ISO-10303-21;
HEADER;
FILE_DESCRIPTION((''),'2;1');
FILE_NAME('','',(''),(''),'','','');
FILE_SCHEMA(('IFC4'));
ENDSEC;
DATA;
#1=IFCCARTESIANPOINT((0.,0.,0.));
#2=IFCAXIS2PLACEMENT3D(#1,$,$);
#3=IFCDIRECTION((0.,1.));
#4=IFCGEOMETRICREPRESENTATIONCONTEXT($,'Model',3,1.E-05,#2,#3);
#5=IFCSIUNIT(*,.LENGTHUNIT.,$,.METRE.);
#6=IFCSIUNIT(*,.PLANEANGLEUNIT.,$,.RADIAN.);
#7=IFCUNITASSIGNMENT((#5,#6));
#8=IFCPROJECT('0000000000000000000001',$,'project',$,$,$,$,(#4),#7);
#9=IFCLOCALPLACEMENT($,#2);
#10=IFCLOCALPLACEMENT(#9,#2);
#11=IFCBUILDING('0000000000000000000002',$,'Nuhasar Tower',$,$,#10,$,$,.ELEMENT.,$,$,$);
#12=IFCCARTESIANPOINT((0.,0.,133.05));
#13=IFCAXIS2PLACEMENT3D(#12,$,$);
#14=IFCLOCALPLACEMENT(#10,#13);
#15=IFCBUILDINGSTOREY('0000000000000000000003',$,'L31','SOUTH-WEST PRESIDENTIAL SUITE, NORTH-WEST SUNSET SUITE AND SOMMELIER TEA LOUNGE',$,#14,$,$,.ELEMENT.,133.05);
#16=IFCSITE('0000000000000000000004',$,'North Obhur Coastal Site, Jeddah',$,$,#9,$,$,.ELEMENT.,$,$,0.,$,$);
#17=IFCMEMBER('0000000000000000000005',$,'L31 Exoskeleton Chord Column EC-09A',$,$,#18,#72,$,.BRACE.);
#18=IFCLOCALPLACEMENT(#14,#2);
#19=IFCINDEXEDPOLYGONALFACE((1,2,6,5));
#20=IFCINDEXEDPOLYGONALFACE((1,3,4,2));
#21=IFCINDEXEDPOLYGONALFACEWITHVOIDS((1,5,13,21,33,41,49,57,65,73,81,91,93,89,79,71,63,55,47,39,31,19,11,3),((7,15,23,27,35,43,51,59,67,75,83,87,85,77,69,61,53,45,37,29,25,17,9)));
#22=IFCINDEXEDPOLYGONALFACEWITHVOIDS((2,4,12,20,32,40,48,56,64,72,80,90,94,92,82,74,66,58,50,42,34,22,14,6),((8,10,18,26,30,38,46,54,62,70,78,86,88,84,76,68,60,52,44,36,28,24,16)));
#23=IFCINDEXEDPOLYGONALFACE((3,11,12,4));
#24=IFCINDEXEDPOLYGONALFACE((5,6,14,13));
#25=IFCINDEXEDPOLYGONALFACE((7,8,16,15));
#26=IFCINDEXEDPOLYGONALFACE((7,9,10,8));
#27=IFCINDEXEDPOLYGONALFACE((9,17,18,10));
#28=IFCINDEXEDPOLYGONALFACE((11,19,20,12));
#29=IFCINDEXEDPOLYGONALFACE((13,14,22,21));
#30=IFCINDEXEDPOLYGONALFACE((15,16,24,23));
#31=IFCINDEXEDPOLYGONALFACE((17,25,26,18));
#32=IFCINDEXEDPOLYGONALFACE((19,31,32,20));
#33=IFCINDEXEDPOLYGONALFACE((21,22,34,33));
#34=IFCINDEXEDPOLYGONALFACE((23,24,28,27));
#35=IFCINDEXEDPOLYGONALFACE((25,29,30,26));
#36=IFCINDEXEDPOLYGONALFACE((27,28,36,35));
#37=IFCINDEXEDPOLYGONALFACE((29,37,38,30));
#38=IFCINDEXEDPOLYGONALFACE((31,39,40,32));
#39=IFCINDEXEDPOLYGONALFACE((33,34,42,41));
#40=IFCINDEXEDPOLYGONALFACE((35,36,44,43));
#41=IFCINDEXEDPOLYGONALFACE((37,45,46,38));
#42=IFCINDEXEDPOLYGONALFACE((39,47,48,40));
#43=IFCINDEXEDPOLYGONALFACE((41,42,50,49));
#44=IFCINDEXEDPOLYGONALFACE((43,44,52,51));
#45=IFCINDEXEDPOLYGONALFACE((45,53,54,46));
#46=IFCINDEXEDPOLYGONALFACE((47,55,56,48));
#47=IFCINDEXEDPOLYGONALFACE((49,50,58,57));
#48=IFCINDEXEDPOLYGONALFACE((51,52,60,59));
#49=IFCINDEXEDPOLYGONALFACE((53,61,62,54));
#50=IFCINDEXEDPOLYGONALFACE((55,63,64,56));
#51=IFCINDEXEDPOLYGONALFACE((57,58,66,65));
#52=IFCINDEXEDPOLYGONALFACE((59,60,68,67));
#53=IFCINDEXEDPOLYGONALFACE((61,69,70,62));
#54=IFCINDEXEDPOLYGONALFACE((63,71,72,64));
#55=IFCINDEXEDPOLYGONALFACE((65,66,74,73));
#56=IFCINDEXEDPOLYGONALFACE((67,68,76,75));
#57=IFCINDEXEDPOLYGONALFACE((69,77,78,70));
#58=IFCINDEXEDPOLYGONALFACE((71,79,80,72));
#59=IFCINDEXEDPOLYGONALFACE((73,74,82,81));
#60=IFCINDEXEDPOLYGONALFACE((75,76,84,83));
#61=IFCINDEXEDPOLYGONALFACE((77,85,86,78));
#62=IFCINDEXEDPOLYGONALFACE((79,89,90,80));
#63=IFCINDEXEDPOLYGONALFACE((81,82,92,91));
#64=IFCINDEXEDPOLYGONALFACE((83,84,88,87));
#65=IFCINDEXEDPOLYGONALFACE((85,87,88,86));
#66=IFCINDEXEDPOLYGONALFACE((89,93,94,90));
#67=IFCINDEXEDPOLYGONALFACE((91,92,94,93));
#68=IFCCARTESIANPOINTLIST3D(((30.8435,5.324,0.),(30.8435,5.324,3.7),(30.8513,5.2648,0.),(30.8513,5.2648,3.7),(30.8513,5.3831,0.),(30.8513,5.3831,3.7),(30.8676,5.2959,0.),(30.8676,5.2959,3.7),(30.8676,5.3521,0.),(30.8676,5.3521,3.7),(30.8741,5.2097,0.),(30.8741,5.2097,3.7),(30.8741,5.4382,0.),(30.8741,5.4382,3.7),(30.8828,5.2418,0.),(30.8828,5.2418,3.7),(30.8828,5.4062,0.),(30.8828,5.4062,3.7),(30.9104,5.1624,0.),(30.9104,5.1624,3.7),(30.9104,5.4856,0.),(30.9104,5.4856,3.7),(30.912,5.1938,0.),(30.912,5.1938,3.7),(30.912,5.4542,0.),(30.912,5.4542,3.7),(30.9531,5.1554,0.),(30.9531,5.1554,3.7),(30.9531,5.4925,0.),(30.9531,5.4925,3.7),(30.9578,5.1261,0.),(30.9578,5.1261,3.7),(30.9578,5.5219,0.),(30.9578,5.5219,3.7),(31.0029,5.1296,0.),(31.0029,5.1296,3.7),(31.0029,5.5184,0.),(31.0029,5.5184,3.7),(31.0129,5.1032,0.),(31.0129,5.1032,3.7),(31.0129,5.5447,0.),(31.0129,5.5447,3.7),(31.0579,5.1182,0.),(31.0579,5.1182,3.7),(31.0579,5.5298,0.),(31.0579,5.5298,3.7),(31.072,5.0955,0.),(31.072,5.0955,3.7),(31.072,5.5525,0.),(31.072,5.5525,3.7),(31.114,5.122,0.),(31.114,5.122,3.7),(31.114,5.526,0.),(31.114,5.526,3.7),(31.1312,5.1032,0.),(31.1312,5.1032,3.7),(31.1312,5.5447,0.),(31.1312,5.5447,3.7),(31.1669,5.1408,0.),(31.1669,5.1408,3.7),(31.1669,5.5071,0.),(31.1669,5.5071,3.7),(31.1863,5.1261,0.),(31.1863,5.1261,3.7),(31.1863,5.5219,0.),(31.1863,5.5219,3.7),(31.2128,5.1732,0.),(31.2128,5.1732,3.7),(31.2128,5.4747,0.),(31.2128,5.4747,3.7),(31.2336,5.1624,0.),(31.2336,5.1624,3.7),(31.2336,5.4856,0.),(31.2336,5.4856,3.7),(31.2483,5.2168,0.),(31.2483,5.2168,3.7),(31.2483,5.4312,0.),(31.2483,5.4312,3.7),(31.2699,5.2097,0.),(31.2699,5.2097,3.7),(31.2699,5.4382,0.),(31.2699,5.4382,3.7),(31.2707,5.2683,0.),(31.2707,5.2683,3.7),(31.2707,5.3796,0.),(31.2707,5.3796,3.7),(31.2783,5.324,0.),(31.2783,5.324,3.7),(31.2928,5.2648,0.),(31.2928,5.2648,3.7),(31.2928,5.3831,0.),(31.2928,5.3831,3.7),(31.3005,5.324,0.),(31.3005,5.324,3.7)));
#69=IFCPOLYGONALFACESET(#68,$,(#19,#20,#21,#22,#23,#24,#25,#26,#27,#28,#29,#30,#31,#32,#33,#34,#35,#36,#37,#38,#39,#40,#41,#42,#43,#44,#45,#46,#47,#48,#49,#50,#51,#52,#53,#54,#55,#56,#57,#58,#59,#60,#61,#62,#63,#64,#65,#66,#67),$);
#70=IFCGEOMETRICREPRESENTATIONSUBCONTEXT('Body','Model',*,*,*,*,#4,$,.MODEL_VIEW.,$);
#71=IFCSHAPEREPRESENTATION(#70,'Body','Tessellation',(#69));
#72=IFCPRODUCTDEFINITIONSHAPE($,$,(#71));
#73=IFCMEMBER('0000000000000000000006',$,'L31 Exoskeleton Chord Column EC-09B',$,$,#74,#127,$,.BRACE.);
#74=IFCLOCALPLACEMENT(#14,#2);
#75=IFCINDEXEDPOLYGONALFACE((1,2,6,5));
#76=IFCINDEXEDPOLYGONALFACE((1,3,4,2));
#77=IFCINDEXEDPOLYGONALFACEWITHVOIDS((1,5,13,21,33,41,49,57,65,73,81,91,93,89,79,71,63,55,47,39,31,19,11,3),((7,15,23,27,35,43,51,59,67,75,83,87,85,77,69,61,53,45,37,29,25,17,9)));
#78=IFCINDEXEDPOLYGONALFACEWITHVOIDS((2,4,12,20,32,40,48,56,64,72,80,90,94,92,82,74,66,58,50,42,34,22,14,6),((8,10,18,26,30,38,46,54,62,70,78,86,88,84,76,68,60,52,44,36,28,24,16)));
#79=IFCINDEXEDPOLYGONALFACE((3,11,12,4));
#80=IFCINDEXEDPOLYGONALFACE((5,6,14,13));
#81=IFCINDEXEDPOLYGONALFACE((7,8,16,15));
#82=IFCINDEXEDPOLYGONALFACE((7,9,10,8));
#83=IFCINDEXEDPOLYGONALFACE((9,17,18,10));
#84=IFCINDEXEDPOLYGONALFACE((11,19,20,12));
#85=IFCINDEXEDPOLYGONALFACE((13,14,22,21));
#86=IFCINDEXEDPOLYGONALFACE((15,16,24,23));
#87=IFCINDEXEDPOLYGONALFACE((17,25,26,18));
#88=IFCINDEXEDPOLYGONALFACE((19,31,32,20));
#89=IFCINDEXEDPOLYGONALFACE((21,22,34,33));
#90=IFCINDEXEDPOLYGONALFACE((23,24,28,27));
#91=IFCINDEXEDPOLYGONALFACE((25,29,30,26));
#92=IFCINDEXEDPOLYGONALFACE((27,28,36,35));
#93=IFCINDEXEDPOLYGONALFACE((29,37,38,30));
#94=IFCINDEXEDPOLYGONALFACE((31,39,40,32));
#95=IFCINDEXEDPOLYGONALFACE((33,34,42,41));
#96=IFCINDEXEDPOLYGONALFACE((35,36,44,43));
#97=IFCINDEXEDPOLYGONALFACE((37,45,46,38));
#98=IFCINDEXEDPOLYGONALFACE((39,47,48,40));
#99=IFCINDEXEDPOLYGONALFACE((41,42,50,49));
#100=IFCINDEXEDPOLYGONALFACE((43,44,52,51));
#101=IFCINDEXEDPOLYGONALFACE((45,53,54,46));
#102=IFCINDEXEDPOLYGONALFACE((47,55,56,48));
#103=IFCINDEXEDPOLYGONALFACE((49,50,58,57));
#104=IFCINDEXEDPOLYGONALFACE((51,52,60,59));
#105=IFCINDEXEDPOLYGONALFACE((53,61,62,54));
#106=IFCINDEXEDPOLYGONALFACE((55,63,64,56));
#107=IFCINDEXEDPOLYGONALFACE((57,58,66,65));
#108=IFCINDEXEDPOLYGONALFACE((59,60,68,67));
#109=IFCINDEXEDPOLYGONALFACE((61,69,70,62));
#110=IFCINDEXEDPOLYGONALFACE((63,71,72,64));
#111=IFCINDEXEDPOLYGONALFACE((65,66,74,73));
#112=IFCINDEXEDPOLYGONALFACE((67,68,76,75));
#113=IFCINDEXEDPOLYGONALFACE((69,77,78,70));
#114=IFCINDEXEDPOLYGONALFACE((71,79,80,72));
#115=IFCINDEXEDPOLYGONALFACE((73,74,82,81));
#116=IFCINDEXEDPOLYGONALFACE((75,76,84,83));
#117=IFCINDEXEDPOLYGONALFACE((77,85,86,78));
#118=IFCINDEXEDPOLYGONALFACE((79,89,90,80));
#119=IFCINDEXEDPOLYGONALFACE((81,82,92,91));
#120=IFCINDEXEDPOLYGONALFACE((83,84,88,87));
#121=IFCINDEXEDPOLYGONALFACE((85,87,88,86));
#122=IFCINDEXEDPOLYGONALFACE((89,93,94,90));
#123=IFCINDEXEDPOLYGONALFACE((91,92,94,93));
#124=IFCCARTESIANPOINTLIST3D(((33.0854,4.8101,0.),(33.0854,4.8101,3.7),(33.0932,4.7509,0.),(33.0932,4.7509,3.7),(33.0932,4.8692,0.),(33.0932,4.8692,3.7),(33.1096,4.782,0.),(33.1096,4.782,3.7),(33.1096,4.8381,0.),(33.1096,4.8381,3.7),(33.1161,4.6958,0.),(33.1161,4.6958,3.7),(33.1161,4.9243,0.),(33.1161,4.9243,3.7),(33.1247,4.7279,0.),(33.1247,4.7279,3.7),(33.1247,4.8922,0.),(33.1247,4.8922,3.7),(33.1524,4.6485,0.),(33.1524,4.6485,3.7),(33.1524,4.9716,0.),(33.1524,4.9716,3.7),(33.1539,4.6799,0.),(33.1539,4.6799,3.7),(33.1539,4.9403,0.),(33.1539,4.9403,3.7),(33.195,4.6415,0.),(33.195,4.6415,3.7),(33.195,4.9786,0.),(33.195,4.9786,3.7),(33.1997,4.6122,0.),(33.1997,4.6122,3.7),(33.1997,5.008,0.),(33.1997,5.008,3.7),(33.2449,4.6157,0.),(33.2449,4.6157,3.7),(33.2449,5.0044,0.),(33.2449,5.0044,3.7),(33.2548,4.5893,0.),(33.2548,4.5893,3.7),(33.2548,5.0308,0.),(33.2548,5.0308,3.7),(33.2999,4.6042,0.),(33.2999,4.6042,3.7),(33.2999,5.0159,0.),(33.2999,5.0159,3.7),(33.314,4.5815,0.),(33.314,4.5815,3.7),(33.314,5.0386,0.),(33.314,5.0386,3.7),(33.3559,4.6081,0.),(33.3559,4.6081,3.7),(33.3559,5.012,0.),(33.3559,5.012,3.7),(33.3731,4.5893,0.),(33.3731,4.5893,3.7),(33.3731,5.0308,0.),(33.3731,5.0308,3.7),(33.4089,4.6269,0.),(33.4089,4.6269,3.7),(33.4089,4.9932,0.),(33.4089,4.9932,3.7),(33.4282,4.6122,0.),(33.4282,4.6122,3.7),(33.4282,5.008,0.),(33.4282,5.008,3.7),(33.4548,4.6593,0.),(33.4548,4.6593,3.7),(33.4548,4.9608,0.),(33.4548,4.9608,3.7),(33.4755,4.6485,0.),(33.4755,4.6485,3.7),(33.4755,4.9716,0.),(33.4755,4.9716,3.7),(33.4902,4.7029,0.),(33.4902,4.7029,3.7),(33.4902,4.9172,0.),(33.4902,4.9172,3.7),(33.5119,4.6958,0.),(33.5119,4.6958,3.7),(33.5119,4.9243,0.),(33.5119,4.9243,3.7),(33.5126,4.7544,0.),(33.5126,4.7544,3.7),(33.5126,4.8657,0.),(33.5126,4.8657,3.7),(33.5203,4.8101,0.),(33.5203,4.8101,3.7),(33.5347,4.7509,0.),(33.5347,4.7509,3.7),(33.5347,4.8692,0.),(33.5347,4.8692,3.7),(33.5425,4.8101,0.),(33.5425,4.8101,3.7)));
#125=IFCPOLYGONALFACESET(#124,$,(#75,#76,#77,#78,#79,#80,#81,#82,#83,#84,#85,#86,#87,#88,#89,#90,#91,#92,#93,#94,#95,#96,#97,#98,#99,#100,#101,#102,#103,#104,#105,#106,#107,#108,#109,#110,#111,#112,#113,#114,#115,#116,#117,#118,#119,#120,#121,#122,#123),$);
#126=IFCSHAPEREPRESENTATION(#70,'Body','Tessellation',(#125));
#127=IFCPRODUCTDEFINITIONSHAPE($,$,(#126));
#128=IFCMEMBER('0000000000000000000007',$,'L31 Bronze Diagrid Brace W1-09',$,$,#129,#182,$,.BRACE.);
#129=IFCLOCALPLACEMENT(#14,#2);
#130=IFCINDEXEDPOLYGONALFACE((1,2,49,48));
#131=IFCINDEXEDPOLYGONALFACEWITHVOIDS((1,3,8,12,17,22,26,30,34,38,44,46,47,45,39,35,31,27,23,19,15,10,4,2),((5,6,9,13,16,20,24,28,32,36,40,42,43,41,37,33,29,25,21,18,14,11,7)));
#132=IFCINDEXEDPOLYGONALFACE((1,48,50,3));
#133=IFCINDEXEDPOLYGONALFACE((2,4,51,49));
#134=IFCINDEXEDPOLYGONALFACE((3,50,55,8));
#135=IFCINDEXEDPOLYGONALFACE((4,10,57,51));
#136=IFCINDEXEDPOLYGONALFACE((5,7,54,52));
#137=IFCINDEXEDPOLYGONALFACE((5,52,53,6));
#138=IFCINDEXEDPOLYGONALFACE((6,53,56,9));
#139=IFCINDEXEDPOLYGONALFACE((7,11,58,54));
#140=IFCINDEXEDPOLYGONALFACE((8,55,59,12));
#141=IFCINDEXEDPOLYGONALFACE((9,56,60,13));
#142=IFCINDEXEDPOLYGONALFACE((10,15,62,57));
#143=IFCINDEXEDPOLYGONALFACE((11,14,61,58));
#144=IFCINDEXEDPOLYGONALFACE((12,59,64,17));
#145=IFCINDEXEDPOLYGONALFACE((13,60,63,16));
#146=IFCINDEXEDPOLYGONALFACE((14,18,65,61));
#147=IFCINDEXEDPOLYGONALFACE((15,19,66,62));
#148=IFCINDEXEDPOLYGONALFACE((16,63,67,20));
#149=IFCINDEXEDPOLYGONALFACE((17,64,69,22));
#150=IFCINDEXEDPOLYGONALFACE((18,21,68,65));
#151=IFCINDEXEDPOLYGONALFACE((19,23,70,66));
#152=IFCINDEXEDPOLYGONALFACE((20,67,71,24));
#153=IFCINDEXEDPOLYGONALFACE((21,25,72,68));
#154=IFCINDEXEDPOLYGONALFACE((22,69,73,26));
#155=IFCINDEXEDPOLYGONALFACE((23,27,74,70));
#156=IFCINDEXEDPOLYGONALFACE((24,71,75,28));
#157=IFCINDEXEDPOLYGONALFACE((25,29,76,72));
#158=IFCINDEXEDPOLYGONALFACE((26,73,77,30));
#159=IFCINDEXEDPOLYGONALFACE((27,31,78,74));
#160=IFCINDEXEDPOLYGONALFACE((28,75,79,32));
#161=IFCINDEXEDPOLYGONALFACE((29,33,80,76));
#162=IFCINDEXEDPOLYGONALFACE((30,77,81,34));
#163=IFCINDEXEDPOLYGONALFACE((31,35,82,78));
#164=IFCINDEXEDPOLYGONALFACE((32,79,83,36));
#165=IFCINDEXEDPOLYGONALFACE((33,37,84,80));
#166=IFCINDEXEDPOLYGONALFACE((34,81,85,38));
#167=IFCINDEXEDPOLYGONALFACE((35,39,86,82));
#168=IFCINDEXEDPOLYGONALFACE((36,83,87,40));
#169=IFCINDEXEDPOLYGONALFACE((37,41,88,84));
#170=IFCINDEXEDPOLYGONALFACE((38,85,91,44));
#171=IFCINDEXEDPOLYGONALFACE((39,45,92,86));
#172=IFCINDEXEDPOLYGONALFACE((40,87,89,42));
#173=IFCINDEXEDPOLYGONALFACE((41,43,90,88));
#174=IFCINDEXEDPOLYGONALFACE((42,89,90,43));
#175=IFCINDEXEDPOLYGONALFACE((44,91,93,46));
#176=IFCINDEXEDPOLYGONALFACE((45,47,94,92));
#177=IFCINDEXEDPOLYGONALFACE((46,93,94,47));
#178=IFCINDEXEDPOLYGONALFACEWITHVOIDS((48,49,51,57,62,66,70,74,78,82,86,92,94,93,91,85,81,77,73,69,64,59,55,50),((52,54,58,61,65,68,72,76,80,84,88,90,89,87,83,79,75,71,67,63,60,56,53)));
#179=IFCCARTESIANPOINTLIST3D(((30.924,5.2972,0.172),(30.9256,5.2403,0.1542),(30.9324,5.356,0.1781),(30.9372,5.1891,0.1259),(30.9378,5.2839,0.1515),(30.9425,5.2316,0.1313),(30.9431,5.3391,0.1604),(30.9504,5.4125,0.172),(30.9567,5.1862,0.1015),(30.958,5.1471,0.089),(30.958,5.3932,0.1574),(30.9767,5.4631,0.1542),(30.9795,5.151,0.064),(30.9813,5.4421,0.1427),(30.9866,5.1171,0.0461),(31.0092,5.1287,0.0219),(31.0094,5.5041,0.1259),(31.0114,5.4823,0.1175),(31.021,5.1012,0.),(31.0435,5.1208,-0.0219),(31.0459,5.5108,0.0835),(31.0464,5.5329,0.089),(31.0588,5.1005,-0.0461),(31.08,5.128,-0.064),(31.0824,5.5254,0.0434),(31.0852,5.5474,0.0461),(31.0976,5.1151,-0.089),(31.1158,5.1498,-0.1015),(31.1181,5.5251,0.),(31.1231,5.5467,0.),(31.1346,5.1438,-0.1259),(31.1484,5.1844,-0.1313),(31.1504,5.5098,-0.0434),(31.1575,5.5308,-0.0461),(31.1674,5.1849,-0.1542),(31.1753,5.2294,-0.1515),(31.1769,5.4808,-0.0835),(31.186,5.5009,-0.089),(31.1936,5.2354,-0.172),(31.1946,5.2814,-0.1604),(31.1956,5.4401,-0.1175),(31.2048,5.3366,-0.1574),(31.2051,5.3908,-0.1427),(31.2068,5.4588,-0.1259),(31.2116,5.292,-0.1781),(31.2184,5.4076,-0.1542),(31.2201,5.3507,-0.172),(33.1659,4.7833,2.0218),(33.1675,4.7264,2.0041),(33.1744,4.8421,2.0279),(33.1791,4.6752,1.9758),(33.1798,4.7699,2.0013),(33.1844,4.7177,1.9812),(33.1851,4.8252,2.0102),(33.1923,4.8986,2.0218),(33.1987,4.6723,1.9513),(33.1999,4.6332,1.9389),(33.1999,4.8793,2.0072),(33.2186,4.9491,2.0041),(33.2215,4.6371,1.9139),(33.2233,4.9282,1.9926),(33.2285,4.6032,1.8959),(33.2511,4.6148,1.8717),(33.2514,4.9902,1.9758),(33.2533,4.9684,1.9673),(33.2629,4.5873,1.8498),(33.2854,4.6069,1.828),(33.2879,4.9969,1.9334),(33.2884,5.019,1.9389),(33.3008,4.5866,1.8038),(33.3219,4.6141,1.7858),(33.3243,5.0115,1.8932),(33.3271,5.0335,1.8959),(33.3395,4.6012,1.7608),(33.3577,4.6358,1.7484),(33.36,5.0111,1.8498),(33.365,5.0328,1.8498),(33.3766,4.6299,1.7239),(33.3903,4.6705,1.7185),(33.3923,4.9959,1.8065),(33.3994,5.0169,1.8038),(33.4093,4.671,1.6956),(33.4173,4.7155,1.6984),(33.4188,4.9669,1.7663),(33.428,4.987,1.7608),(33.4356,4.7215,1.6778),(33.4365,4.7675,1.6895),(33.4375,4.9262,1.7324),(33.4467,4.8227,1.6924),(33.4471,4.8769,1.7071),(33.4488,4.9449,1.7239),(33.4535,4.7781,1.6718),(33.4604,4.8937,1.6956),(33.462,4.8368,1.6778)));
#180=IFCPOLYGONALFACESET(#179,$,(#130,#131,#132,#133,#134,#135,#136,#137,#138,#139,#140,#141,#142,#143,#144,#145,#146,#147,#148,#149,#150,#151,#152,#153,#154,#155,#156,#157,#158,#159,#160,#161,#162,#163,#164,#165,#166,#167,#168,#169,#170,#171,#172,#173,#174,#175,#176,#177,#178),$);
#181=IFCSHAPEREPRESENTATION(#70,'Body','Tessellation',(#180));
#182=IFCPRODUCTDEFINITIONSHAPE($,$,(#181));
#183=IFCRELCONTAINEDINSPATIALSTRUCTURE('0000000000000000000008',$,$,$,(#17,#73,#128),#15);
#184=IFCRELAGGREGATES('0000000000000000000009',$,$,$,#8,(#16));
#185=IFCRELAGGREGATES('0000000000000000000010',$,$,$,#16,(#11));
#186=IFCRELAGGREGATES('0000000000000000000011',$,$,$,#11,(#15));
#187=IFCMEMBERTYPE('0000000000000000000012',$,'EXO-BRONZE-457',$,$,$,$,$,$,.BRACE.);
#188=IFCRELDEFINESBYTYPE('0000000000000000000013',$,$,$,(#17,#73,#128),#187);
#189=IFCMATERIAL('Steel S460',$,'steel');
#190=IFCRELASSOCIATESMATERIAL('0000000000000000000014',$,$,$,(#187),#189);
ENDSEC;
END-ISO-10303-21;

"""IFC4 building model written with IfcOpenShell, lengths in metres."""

from ifc_helpers import new_model, si_unit, direction, frame, origin, origin_2d, place, context, subcontext, project, spatial, hollow_circle, extrude, material, material_profile, profile_set, type_object, element, save


model = new_model("IFC4")

# Units and contexts
model_context = context("Model", 3, precision=1e-05, world=origin(), true_north=direction((0.0, 1.0)))
body_context = subcontext(model_context, "Body", "Model", "MODEL_VIEW")
ifc_project = project(units=[si_unit("LENGTHUNIT", "METRE"), si_unit("PLANEANGLEUNIT", "RADIAN")], contexts=[model_context])

# Site, building, storey
site_placement = place(None, origin())
site = spatial("IfcSite", under=ifc_project, at=site_placement, Name="North Obhur Coastal Site, Jeddah", CompositionType="ELEMENT", RefElevation=0.0)
building_placement = place(site_placement, origin())
building = spatial("IfcBuilding", under=site, at=building_placement, Name="Nuhasar Tower", CompositionType="ELEMENT")
storey_placement = place(building_placement, frame((0.0, 0.0, 133.05)))
storey = spatial("IfcBuildingStorey", under=building, at=storey_placement, Name="L31", Description="SOUTH-WEST PRESIDENTIAL SUITE, NORTH-WEST SUNSET SUITE AND SOMMELIER TEA LOUNGE", CompositionType="ELEMENT", Elevation=133.05)

# Members
ifc_material_1 = material(Name="Steel S460", Category="steel")
ifc_material_profile_1 = material_profile(ifc_material_1, hollow_circle(Radius=0.2285, WallThickness=0.0222, at=origin_2d()), Name="HSS457X22.2")
ifc_profile_set_1 = profile_set([ifc_material_profile_1], Name="Steel S460")
member_type_1 = type_object("IfcMemberType", Name="EXO-BRONZE-457", PredefinedType="BRACE", material=ifc_profile_set_1)
for number, where, z_axis, x_axis, name in (
    (1, (31.072, 5.324, 0.0), (0.0, 0.0, 1.0), (1.0, 0.0, 0.0), "L31 Exoskeleton Chord Column EC-09A"),
    (2, (33.314, 4.8101, 0.0), (0.0, 0.0, 1.0), (1.0, 0.0, 0.0), "L31 Exoskeleton Chord Column EC-09B"),
):
    element("IfcMember", number, at=place(storey_placement, frame(where, z_axis=z_axis, x_axis=x_axis)), inside=storey, type_object=member_type_1, Name=name, PredefinedType="BRACE", context=body_context, shape_type="SweptSolid", body=[
        extrude(hollow_circle(Radius=0.2285, WallThickness=0.0222, at=origin_2d()), origin(), (0.0, 0.0, 1.0), 3.7),
    ])
member_1_placement = place(storey_placement, frame((31.072, 5.324, 0.0), z_axis=(0.75955, -0.17411, 0.626713), x_axis=(0.223433, 0.974719, 0.0)))
element("IfcMember", 3, at=member_1_placement, inside=storey, type_object=member_type_1, Name="L31 Bronze Diagrid Brace W1-09", PredefinedType="BRACE", context=body_context, shape_type="SweptSolid", body=[
    extrude(hollow_circle(Radius=0.2285, WallThickness=0.0222, at=origin_2d()), origin(), (0.0, 0.0, 1.0), 2.9517),
])

save(model, "model.ifc")
